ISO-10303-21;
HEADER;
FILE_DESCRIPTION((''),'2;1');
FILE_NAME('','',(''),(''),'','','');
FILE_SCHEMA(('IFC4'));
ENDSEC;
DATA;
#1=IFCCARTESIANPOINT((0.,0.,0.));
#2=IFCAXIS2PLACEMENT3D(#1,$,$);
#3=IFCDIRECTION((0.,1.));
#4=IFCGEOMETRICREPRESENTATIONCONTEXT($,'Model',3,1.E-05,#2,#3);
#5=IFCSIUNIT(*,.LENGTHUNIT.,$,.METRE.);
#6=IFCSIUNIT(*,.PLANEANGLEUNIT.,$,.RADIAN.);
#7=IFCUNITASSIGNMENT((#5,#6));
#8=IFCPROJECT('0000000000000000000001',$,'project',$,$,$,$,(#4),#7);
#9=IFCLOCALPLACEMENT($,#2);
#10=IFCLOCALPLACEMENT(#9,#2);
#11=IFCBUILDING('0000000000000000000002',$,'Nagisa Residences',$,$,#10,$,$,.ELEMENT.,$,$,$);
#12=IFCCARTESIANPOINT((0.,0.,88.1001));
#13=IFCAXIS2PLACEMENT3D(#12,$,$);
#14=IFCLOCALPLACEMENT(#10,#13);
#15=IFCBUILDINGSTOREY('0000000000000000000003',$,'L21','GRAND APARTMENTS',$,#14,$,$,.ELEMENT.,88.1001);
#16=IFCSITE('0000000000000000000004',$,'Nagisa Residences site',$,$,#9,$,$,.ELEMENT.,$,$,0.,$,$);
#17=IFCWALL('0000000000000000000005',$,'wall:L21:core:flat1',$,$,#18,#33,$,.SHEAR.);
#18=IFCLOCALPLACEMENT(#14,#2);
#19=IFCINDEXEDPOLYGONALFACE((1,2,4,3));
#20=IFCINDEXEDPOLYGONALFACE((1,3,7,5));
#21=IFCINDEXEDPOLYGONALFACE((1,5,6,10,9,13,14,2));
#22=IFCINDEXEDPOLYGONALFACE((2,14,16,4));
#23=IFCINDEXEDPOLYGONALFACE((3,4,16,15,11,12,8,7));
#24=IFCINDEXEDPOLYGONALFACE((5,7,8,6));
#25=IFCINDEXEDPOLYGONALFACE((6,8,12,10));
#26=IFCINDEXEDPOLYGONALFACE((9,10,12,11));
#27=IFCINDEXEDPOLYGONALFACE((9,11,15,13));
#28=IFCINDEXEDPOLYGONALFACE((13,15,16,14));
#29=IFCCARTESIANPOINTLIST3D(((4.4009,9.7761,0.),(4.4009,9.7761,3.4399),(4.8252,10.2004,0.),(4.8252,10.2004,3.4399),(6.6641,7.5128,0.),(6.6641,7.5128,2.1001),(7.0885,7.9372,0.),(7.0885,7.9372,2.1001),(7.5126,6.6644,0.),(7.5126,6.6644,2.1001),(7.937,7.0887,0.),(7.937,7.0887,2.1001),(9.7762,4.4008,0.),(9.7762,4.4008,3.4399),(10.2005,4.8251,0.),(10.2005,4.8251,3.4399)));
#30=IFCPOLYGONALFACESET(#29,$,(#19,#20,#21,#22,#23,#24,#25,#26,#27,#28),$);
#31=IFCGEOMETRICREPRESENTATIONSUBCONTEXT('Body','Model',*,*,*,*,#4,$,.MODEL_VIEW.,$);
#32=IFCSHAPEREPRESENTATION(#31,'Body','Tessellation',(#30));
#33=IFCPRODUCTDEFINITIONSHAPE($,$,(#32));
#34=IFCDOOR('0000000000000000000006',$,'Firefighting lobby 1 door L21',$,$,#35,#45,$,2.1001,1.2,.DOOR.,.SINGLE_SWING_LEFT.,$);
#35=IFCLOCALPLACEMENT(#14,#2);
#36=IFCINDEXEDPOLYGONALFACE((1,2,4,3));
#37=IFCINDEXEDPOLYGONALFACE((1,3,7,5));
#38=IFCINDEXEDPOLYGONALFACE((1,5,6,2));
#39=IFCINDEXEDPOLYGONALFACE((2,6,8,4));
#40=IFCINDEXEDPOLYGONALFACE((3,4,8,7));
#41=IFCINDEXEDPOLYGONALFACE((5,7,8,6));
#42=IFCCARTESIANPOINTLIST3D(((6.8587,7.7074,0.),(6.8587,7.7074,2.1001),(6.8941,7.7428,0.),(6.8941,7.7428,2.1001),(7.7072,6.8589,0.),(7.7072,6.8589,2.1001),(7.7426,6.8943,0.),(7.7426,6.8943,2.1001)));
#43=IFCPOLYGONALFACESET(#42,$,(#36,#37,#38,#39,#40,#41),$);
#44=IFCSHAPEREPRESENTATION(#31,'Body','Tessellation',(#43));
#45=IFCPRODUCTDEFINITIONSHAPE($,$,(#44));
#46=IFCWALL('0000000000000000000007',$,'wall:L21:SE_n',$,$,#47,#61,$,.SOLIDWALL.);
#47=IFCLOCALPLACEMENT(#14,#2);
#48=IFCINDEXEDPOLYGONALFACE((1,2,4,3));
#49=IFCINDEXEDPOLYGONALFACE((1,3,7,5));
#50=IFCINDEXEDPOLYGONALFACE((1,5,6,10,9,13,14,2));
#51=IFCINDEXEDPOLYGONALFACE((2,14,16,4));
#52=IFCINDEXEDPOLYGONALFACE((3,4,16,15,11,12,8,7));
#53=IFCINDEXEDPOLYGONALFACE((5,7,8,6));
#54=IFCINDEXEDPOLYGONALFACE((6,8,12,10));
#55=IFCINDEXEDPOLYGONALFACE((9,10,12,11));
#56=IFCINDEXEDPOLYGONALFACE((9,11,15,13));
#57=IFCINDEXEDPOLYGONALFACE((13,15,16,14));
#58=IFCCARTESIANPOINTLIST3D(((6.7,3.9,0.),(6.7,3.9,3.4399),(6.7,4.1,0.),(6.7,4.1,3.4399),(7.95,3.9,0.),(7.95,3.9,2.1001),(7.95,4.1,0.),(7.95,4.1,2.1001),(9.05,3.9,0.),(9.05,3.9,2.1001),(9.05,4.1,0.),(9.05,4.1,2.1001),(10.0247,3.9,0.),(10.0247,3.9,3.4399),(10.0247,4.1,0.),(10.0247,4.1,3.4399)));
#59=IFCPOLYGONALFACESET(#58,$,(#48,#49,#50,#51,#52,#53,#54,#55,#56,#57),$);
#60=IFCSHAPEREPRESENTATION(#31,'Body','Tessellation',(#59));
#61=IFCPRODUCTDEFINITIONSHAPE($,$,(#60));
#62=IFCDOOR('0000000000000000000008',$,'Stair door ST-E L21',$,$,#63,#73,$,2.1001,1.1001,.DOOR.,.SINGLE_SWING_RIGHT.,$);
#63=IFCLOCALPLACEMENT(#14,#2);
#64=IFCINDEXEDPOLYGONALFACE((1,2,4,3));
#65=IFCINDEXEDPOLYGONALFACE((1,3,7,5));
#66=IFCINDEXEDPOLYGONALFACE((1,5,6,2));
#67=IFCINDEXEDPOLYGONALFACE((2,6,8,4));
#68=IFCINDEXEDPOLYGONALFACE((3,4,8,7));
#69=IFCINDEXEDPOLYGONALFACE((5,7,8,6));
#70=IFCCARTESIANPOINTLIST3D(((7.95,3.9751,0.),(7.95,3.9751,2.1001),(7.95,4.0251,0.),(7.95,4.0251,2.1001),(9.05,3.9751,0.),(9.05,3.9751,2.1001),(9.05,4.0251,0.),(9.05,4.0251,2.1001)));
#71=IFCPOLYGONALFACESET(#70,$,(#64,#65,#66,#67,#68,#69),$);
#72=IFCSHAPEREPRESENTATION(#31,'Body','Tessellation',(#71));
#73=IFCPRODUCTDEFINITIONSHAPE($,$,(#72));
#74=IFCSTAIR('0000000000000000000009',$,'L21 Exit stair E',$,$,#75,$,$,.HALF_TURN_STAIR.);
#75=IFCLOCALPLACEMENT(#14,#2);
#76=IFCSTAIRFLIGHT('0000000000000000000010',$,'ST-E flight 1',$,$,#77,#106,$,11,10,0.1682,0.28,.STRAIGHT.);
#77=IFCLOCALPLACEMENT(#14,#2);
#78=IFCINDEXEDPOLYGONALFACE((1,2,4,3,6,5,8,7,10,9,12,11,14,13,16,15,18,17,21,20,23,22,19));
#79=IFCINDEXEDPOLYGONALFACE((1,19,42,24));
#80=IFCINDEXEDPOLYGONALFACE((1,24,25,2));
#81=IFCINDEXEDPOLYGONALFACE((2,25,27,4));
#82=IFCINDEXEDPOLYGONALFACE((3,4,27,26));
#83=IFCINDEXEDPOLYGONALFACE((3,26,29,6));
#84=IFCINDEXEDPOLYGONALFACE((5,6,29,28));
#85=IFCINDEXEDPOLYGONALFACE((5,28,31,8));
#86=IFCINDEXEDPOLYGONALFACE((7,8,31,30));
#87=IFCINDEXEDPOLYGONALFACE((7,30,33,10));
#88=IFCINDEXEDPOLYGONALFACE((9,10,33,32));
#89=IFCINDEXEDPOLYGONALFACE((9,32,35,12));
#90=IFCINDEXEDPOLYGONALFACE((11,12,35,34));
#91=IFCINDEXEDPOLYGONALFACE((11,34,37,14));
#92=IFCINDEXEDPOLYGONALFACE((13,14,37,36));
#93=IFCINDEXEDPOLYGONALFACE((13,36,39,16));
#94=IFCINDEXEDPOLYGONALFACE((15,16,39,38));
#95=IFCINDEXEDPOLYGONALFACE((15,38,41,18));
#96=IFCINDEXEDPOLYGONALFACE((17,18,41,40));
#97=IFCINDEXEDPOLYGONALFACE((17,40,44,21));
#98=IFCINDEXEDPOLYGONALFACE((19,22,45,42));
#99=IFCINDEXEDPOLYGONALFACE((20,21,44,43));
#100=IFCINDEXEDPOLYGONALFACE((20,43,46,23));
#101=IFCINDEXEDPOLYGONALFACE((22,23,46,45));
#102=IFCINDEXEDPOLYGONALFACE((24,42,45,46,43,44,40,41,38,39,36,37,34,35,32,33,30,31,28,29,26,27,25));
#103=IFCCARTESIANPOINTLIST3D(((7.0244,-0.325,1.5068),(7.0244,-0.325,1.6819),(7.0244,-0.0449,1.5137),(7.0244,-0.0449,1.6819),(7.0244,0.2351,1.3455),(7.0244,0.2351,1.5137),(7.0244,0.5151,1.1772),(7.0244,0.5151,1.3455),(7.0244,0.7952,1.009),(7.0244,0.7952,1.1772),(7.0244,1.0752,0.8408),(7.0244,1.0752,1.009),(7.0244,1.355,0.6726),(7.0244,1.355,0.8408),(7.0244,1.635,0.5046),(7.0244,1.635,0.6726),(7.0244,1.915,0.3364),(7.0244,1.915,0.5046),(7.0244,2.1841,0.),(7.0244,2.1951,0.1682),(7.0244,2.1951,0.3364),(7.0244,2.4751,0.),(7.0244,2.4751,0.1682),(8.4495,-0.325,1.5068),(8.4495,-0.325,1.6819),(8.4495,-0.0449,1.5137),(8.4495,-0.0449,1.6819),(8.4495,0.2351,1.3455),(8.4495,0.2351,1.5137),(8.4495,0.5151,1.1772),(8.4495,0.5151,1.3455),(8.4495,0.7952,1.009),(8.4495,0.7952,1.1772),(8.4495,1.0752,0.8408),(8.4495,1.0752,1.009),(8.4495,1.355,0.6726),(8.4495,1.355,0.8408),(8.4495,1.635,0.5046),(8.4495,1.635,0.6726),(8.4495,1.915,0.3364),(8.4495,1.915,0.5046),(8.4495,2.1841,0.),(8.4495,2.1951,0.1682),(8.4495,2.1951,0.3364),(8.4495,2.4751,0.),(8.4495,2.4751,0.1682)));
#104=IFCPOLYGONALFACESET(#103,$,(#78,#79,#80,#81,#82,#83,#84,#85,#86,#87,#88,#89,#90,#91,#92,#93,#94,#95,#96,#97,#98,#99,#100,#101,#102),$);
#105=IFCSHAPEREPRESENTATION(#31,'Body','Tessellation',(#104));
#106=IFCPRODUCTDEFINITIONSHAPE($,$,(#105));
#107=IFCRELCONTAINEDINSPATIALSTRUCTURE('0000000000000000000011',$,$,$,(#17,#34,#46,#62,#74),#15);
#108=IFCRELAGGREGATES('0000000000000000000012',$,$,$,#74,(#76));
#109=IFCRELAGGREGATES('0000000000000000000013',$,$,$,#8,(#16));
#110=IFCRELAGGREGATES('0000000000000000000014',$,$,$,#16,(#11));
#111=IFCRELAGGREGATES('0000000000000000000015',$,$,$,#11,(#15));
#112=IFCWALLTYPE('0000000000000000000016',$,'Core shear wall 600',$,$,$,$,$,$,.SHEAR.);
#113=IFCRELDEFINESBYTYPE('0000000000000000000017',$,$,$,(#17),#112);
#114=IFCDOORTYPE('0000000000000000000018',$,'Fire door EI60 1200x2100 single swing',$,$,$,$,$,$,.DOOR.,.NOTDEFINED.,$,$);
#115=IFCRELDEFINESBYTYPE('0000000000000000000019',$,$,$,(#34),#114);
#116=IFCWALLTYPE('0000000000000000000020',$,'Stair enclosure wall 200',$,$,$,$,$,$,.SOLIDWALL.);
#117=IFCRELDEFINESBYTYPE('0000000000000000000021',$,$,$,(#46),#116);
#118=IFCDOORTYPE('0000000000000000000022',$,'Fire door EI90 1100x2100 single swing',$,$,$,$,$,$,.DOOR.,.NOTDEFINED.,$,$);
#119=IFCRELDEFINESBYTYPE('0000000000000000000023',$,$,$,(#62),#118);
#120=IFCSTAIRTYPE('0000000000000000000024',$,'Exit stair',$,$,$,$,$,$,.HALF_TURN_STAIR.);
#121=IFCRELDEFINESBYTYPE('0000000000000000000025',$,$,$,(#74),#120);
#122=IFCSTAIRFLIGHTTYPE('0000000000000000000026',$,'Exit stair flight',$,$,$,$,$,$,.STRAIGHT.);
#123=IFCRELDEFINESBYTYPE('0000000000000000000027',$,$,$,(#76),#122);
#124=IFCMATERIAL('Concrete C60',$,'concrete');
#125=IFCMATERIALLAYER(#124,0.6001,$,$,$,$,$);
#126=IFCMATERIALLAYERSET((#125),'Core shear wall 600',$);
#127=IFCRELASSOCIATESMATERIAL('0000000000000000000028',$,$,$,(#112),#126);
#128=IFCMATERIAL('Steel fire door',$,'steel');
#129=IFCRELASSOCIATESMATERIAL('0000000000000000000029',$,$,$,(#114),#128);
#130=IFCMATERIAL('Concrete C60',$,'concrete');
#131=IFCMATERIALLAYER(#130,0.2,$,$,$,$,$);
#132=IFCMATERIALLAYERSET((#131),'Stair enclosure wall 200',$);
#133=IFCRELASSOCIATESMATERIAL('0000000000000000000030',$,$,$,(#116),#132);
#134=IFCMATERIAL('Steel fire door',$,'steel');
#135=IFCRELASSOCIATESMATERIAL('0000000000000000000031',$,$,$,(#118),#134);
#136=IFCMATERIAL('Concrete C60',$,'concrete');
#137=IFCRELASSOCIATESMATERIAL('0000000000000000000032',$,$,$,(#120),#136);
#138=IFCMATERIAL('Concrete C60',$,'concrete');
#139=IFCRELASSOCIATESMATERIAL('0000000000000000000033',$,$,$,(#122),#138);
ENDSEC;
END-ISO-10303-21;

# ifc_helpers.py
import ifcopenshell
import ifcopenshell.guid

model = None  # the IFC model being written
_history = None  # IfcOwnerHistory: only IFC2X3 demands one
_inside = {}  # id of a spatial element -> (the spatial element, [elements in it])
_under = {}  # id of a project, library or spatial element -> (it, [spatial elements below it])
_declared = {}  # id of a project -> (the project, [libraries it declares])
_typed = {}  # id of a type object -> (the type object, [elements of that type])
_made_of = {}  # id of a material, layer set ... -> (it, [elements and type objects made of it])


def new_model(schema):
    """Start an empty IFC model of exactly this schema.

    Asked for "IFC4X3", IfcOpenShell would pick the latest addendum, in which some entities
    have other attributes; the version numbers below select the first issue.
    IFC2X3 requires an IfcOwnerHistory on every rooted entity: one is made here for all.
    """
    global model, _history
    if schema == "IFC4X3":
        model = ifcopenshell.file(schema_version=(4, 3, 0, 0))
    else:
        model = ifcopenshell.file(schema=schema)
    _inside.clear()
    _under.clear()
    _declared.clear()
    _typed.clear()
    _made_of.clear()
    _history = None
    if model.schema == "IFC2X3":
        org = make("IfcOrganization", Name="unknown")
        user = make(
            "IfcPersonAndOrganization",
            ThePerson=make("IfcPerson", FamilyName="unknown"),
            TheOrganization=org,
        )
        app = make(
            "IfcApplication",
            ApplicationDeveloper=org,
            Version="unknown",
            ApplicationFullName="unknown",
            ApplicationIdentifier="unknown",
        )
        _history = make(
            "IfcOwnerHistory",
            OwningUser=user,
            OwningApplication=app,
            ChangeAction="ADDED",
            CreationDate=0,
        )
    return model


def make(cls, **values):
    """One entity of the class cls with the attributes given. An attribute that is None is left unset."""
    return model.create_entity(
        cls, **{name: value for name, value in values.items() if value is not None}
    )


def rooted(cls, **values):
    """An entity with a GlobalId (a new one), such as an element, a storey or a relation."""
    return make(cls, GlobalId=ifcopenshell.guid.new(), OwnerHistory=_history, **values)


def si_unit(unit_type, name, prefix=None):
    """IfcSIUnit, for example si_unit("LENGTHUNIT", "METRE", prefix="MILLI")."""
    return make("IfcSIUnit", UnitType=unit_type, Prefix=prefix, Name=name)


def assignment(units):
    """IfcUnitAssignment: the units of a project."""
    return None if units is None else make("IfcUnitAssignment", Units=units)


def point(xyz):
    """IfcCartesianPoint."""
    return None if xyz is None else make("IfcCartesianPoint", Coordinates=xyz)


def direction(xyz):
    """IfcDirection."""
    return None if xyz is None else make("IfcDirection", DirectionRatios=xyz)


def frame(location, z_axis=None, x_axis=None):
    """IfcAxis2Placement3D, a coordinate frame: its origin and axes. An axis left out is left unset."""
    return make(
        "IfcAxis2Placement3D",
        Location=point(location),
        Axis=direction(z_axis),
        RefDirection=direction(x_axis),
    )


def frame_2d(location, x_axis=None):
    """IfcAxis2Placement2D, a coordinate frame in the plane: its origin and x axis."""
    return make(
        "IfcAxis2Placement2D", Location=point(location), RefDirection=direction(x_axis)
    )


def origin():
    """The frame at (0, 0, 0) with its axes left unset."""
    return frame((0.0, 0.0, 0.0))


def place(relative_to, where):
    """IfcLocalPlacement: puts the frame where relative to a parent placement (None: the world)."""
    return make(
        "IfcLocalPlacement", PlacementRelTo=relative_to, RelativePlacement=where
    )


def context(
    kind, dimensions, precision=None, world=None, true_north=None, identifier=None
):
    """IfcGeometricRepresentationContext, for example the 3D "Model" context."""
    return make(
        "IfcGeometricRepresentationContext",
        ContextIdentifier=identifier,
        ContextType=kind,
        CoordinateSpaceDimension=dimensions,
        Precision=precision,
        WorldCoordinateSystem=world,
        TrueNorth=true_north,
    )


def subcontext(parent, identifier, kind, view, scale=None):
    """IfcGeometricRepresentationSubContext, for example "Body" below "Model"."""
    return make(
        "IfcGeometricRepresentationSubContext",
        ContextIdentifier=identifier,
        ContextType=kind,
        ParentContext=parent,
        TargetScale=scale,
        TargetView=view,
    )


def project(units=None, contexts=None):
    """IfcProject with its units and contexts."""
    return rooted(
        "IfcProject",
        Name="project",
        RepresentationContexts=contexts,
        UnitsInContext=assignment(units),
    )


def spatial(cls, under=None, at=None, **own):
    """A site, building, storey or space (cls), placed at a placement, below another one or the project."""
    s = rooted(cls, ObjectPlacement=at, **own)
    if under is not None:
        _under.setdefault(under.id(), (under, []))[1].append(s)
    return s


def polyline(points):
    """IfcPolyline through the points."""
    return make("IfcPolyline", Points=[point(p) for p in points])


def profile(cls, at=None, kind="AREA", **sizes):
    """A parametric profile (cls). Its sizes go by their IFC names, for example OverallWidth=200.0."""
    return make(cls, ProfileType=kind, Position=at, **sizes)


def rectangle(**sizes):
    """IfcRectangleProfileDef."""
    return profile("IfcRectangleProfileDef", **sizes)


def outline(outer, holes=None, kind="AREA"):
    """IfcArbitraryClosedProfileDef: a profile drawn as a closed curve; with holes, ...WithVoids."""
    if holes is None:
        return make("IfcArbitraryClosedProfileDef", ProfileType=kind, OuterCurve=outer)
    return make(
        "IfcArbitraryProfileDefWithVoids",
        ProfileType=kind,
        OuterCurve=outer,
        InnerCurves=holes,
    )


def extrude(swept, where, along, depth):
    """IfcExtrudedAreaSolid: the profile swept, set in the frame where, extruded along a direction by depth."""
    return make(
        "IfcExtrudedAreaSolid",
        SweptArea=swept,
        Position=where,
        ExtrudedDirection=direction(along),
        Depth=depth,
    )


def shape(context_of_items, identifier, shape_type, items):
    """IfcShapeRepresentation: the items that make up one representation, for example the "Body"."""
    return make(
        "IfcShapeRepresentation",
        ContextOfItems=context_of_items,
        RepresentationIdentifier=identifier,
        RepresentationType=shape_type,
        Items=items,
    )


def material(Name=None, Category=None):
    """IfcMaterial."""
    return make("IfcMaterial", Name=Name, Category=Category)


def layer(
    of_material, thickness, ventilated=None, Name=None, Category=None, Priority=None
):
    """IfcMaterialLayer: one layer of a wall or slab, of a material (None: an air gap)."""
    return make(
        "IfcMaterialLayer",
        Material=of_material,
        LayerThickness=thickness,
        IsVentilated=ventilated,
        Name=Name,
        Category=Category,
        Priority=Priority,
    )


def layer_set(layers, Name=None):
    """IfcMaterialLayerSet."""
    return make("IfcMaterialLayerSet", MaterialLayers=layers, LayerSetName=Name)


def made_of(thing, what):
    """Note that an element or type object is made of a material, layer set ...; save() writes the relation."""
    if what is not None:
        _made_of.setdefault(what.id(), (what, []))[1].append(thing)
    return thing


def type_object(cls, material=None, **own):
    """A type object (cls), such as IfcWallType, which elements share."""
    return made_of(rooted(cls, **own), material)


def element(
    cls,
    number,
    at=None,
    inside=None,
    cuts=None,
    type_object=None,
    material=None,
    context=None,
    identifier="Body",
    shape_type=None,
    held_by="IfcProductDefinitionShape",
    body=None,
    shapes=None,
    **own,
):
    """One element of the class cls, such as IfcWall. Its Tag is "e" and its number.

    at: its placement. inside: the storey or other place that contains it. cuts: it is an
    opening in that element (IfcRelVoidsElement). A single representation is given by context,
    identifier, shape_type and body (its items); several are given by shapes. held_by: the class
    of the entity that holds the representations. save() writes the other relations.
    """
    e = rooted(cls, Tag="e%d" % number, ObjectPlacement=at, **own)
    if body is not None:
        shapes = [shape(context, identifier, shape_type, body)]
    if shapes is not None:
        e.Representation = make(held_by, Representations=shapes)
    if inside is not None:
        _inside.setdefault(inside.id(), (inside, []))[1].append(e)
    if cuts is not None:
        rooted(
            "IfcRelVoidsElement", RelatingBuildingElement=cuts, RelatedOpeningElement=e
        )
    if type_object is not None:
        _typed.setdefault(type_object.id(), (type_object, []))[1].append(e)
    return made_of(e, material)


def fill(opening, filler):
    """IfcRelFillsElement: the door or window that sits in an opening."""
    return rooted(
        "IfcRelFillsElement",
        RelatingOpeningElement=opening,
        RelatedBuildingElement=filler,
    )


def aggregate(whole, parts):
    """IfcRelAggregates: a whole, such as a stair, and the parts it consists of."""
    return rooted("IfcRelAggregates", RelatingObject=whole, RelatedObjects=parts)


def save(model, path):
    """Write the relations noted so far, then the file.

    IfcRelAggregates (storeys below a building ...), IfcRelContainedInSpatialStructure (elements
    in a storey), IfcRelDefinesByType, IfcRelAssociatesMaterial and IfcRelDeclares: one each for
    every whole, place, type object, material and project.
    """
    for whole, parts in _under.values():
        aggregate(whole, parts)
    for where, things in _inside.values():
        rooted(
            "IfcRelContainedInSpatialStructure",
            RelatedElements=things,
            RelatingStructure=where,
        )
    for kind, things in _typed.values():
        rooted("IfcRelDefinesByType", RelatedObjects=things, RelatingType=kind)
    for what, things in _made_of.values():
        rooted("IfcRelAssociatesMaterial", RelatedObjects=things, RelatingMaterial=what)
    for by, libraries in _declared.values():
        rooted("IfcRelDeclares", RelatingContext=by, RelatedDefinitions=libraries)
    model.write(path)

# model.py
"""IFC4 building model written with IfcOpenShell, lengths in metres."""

from ifc_helpers import new_model, si_unit, direction, frame, frame_2d, origin, place, context, subcontext, project, spatial, polyline, rectangle, outline, extrude, material, layer, layer_set, type_object, element, fill, aggregate, save


model = new_model("IFC4")

# Units and contexts
model_context = context("Model", 3, precision=1e-05, world=origin(), true_north=direction((0.0, 1.0)))
body_context = subcontext(model_context, "Body", "Model", "MODEL_VIEW")
ifc_project = project(units=[si_unit("LENGTHUNIT", "METRE"), si_unit("PLANEANGLEUNIT", "RADIAN")], contexts=[model_context])

# Site, building, storey
site_placement = place(None, origin())
site = spatial("IfcSite", under=ifc_project, at=site_placement, Name="Nagisa Residences site", CompositionType="ELEMENT", RefElevation=0.0)
building_placement = place(site_placement, origin())
building = spatial("IfcBuilding", under=site, at=building_placement, Name="Nagisa Residences", CompositionType="ELEMENT")
storey_placement = place(building_placement, frame((0.0, 0.0, 88.1001)))
storey = spatial("IfcBuildingStorey", under=building, at=storey_placement, Name="L21", Description="GRAND APARTMENTS", CompositionType="ELEMENT", Elevation=88.1001)

# Walls, openings, doors
ifc_material_1 = material(Name="Concrete C60", Category="concrete")
ifc_layer_1 = layer(ifc_material_1, 0.6001)
ifc_layer_set_1 = layer_set([ifc_layer_1], Name="Core shear wall 600")
wall_type_1 = type_object("IfcWallType", Name="Core shear wall 600", PredefinedType="SHEAR", material=ifc_layer_set_1)
wall_1_placement = place(storey_placement, frame((9.9883, 4.613, 0.0), z_axis=(0.0, 0.0, 1.0), x_axis=(-0.707107, 0.707107, 0.0)))
wall_1 = element("IfcWall", 1, at=wall_1_placement, inside=storey, type_object=wall_type_1, Name="wall:L21:core:flat1", PredefinedType="SHEAR", context=body_context, shape_type="SweptSolid", body=[
    extrude(rectangle(XDim=7.6018, YDim=0.6001, at=frame_2d((3.8008, 0.0))), origin(), (0.0, 0.0, 1.0), 3.4399),
])
opening_1_placement = place(wall_1_placement, frame((3.2009, 0.0, 0.0)))
opening_1 = element("IfcOpeningElement", 2, at=opening_1_placement, cuts=wall_1, PredefinedType="OPENING", context=body_context, shape_type="SweptSolid", body=[
    extrude(rectangle(XDim=1.2, YDim=2.1001, at=frame_2d((0.6001, 1.05))), frame((0.0, 0.3101, 0.0), z_axis=(0.0, -1.0, 0.0), x_axis=(1.0, 0.0, 0.0)), (0.0, 0.0, 1.0), 0.6201),
])
ifc_material_2 = material(Name="Steel fire door", Category="steel")
door_type_1 = type_object("IfcDoorType", Name="Fire door EI60 1200x2100 single swing", OperationType="NOTDEFINED", PredefinedType="DOOR", material=ifc_material_2)
door_1_placement = place(opening_1_placement, origin())
door_1 = element("IfcDoor", 3, at=door_1_placement, inside=storey, type_object=door_type_1, Name="Firefighting lobby 1 door L21", OperationType="SINGLE_SWING_LEFT", OverallHeight=2.1001, OverallWidth=1.2, PredefinedType="DOOR", context=body_context, shape_type="SweptSolid", body=[
    extrude(rectangle(XDim=1.2, YDim=2.1001, at=frame_2d((0.6001, 1.05))), frame((0.0, 0.0249, 0.0), z_axis=(0.0, -1.0, 0.0), x_axis=(1.0, 0.0, 0.0)), (0.0, 0.0, 1.0), 0.05),
])
fill(opening_1, door_1)
ifc_material_3 = material(Name="Concrete C60", Category="concrete")
ifc_layer_2 = layer(ifc_material_3, 0.2)
ifc_layer_set_2 = layer_set([ifc_layer_2], Name="Stair enclosure wall 200")
wall_type_2 = type_object("IfcWallType", Name="Stair enclosure wall 200", PredefinedType="SOLIDWALL", material=ifc_layer_set_2)
wall_2_placement = place(storey_placement, frame((6.7, 4.0, 0.0), z_axis=(0.0, 0.0, 1.0), x_axis=(1.0, 0.0, 0.0)))
wall_2 = element("IfcWall", 4, at=wall_2_placement, inside=storey, type_object=wall_type_2, Name="wall:L21:SE_n", PredefinedType="SOLIDWALL", context=body_context, shape_type="SweptSolid", body=[
    extrude(rectangle(XDim=3.3247, YDim=0.2, at=frame_2d((1.6624, 0.0))), origin(), (0.0, 0.0, 1.0), 3.4399),
])
opening_2_placement = place(wall_2_placement, frame((1.25, 0.0, 0.0)))
opening_2 = element("IfcOpeningElement", 5, at=opening_2_placement, cuts=wall_2, PredefinedType="OPENING", context=body_context, shape_type="SweptSolid", body=[
    extrude(rectangle(XDim=1.1001, YDim=2.1001, at=frame_2d((0.55, 1.05))), frame((0.0, 0.1099, 0.0), z_axis=(0.0, -1.0, 0.0), x_axis=(1.0, 0.0, 0.0)), (0.0, 0.0, 1.0), 0.22),
])
ifc_material_4 = material(Name="Steel fire door", Category="steel")
door_type_2 = type_object("IfcDoorType", Name="Fire door EI90 1100x2100 single swing", OperationType="NOTDEFINED", PredefinedType="DOOR", material=ifc_material_4)
door_2_placement = place(opening_2_placement, frame((1.1001, 0.0, 0.0), x_axis=(-1.0, 0.0, 0.0)))
door_2 = element("IfcDoor", 6, at=door_2_placement, inside=storey, type_object=door_type_2, Name="Stair door ST-E L21", OperationType="SINGLE_SWING_RIGHT", OverallHeight=2.1001, OverallWidth=1.1001, PredefinedType="DOOR", context=body_context, shape_type="SweptSolid", body=[
    extrude(rectangle(XDim=1.1001, YDim=2.1001, at=frame_2d((0.55, 1.05))), frame((0.0, 0.0249, 0.0), z_axis=(0.0, -1.0, 0.0), x_axis=(1.0, 0.0, 0.0)), (0.0, 0.0, 1.0), 0.05),
])
fill(opening_2, door_2)

# Stair, stair flight
ifc_material_5 = material(Name="Concrete C60", Category="concrete")
stair_type = type_object("IfcStairType", Name="Exit stair", PredefinedType="HALF_TURN_STAIR", material=ifc_material_5)
stair_placement = place(storey_placement, origin())
stair = element("IfcStair", 7, at=stair_placement, inside=storey, type_object=stair_type, Name="L21 Exit stair E", PredefinedType="HALF_TURN_STAIR")
ifc_material_6 = material(Name="Concrete C60", Category="concrete")
stair_flight_type = type_object("IfcStairFlightType", Name="Exit stair flight", PredefinedType="STRAIGHT", material=ifc_material_6)
stair_flight_placement = place(storey_placement, frame((7.7371, 2.4751, 0.0), z_axis=(0.0, 0.0, 1.0), x_axis=(0.0, -1.0, 0.0)))
stair_flight = element("IfcStairFlight", 8, at=stair_flight_placement, type_object=stair_flight_type, Name="ST-E flight 1", NumberOfRisers=11, NumberOfTreads=10, PredefinedType="STRAIGHT", RiserHeight=0.1682, TreadLength=0.28, context=body_context, shape_type="SweptSolid", body=[
    extrude(outline(polyline([(0.0, 0.0), (0.0, 0.1682), (0.28, 0.1682), (0.28, 0.3364), (0.5601, 0.3364), (0.5601, 0.5046), (0.8401, 0.5046), (0.8401, 0.6726), (1.1201, 0.6726), (1.1201, 0.8408), (1.3999, 0.8408), (1.3999, 1.009), (1.6799, 1.009), (1.6799, 1.1772), (1.96, 1.1772), (1.96, 1.3455), (2.24, 1.3455), (2.24, 1.5137), (2.52, 1.5137), (2.52, 1.6819), (2.8, 1.6819), (2.8, 1.8501), (2.8, 1.5068), (0.291, 0.0), (0.0, 0.0)])), frame((0.0, 0.7124, 0.0), z_axis=(0.0, -1.0, 0.0), x_axis=(1.0, 0.0, 0.0)), (0.0, 0.0, 1.0), 1.425),
])
aggregate(stair, [stair_flight])

save(model, "model.ifc")
